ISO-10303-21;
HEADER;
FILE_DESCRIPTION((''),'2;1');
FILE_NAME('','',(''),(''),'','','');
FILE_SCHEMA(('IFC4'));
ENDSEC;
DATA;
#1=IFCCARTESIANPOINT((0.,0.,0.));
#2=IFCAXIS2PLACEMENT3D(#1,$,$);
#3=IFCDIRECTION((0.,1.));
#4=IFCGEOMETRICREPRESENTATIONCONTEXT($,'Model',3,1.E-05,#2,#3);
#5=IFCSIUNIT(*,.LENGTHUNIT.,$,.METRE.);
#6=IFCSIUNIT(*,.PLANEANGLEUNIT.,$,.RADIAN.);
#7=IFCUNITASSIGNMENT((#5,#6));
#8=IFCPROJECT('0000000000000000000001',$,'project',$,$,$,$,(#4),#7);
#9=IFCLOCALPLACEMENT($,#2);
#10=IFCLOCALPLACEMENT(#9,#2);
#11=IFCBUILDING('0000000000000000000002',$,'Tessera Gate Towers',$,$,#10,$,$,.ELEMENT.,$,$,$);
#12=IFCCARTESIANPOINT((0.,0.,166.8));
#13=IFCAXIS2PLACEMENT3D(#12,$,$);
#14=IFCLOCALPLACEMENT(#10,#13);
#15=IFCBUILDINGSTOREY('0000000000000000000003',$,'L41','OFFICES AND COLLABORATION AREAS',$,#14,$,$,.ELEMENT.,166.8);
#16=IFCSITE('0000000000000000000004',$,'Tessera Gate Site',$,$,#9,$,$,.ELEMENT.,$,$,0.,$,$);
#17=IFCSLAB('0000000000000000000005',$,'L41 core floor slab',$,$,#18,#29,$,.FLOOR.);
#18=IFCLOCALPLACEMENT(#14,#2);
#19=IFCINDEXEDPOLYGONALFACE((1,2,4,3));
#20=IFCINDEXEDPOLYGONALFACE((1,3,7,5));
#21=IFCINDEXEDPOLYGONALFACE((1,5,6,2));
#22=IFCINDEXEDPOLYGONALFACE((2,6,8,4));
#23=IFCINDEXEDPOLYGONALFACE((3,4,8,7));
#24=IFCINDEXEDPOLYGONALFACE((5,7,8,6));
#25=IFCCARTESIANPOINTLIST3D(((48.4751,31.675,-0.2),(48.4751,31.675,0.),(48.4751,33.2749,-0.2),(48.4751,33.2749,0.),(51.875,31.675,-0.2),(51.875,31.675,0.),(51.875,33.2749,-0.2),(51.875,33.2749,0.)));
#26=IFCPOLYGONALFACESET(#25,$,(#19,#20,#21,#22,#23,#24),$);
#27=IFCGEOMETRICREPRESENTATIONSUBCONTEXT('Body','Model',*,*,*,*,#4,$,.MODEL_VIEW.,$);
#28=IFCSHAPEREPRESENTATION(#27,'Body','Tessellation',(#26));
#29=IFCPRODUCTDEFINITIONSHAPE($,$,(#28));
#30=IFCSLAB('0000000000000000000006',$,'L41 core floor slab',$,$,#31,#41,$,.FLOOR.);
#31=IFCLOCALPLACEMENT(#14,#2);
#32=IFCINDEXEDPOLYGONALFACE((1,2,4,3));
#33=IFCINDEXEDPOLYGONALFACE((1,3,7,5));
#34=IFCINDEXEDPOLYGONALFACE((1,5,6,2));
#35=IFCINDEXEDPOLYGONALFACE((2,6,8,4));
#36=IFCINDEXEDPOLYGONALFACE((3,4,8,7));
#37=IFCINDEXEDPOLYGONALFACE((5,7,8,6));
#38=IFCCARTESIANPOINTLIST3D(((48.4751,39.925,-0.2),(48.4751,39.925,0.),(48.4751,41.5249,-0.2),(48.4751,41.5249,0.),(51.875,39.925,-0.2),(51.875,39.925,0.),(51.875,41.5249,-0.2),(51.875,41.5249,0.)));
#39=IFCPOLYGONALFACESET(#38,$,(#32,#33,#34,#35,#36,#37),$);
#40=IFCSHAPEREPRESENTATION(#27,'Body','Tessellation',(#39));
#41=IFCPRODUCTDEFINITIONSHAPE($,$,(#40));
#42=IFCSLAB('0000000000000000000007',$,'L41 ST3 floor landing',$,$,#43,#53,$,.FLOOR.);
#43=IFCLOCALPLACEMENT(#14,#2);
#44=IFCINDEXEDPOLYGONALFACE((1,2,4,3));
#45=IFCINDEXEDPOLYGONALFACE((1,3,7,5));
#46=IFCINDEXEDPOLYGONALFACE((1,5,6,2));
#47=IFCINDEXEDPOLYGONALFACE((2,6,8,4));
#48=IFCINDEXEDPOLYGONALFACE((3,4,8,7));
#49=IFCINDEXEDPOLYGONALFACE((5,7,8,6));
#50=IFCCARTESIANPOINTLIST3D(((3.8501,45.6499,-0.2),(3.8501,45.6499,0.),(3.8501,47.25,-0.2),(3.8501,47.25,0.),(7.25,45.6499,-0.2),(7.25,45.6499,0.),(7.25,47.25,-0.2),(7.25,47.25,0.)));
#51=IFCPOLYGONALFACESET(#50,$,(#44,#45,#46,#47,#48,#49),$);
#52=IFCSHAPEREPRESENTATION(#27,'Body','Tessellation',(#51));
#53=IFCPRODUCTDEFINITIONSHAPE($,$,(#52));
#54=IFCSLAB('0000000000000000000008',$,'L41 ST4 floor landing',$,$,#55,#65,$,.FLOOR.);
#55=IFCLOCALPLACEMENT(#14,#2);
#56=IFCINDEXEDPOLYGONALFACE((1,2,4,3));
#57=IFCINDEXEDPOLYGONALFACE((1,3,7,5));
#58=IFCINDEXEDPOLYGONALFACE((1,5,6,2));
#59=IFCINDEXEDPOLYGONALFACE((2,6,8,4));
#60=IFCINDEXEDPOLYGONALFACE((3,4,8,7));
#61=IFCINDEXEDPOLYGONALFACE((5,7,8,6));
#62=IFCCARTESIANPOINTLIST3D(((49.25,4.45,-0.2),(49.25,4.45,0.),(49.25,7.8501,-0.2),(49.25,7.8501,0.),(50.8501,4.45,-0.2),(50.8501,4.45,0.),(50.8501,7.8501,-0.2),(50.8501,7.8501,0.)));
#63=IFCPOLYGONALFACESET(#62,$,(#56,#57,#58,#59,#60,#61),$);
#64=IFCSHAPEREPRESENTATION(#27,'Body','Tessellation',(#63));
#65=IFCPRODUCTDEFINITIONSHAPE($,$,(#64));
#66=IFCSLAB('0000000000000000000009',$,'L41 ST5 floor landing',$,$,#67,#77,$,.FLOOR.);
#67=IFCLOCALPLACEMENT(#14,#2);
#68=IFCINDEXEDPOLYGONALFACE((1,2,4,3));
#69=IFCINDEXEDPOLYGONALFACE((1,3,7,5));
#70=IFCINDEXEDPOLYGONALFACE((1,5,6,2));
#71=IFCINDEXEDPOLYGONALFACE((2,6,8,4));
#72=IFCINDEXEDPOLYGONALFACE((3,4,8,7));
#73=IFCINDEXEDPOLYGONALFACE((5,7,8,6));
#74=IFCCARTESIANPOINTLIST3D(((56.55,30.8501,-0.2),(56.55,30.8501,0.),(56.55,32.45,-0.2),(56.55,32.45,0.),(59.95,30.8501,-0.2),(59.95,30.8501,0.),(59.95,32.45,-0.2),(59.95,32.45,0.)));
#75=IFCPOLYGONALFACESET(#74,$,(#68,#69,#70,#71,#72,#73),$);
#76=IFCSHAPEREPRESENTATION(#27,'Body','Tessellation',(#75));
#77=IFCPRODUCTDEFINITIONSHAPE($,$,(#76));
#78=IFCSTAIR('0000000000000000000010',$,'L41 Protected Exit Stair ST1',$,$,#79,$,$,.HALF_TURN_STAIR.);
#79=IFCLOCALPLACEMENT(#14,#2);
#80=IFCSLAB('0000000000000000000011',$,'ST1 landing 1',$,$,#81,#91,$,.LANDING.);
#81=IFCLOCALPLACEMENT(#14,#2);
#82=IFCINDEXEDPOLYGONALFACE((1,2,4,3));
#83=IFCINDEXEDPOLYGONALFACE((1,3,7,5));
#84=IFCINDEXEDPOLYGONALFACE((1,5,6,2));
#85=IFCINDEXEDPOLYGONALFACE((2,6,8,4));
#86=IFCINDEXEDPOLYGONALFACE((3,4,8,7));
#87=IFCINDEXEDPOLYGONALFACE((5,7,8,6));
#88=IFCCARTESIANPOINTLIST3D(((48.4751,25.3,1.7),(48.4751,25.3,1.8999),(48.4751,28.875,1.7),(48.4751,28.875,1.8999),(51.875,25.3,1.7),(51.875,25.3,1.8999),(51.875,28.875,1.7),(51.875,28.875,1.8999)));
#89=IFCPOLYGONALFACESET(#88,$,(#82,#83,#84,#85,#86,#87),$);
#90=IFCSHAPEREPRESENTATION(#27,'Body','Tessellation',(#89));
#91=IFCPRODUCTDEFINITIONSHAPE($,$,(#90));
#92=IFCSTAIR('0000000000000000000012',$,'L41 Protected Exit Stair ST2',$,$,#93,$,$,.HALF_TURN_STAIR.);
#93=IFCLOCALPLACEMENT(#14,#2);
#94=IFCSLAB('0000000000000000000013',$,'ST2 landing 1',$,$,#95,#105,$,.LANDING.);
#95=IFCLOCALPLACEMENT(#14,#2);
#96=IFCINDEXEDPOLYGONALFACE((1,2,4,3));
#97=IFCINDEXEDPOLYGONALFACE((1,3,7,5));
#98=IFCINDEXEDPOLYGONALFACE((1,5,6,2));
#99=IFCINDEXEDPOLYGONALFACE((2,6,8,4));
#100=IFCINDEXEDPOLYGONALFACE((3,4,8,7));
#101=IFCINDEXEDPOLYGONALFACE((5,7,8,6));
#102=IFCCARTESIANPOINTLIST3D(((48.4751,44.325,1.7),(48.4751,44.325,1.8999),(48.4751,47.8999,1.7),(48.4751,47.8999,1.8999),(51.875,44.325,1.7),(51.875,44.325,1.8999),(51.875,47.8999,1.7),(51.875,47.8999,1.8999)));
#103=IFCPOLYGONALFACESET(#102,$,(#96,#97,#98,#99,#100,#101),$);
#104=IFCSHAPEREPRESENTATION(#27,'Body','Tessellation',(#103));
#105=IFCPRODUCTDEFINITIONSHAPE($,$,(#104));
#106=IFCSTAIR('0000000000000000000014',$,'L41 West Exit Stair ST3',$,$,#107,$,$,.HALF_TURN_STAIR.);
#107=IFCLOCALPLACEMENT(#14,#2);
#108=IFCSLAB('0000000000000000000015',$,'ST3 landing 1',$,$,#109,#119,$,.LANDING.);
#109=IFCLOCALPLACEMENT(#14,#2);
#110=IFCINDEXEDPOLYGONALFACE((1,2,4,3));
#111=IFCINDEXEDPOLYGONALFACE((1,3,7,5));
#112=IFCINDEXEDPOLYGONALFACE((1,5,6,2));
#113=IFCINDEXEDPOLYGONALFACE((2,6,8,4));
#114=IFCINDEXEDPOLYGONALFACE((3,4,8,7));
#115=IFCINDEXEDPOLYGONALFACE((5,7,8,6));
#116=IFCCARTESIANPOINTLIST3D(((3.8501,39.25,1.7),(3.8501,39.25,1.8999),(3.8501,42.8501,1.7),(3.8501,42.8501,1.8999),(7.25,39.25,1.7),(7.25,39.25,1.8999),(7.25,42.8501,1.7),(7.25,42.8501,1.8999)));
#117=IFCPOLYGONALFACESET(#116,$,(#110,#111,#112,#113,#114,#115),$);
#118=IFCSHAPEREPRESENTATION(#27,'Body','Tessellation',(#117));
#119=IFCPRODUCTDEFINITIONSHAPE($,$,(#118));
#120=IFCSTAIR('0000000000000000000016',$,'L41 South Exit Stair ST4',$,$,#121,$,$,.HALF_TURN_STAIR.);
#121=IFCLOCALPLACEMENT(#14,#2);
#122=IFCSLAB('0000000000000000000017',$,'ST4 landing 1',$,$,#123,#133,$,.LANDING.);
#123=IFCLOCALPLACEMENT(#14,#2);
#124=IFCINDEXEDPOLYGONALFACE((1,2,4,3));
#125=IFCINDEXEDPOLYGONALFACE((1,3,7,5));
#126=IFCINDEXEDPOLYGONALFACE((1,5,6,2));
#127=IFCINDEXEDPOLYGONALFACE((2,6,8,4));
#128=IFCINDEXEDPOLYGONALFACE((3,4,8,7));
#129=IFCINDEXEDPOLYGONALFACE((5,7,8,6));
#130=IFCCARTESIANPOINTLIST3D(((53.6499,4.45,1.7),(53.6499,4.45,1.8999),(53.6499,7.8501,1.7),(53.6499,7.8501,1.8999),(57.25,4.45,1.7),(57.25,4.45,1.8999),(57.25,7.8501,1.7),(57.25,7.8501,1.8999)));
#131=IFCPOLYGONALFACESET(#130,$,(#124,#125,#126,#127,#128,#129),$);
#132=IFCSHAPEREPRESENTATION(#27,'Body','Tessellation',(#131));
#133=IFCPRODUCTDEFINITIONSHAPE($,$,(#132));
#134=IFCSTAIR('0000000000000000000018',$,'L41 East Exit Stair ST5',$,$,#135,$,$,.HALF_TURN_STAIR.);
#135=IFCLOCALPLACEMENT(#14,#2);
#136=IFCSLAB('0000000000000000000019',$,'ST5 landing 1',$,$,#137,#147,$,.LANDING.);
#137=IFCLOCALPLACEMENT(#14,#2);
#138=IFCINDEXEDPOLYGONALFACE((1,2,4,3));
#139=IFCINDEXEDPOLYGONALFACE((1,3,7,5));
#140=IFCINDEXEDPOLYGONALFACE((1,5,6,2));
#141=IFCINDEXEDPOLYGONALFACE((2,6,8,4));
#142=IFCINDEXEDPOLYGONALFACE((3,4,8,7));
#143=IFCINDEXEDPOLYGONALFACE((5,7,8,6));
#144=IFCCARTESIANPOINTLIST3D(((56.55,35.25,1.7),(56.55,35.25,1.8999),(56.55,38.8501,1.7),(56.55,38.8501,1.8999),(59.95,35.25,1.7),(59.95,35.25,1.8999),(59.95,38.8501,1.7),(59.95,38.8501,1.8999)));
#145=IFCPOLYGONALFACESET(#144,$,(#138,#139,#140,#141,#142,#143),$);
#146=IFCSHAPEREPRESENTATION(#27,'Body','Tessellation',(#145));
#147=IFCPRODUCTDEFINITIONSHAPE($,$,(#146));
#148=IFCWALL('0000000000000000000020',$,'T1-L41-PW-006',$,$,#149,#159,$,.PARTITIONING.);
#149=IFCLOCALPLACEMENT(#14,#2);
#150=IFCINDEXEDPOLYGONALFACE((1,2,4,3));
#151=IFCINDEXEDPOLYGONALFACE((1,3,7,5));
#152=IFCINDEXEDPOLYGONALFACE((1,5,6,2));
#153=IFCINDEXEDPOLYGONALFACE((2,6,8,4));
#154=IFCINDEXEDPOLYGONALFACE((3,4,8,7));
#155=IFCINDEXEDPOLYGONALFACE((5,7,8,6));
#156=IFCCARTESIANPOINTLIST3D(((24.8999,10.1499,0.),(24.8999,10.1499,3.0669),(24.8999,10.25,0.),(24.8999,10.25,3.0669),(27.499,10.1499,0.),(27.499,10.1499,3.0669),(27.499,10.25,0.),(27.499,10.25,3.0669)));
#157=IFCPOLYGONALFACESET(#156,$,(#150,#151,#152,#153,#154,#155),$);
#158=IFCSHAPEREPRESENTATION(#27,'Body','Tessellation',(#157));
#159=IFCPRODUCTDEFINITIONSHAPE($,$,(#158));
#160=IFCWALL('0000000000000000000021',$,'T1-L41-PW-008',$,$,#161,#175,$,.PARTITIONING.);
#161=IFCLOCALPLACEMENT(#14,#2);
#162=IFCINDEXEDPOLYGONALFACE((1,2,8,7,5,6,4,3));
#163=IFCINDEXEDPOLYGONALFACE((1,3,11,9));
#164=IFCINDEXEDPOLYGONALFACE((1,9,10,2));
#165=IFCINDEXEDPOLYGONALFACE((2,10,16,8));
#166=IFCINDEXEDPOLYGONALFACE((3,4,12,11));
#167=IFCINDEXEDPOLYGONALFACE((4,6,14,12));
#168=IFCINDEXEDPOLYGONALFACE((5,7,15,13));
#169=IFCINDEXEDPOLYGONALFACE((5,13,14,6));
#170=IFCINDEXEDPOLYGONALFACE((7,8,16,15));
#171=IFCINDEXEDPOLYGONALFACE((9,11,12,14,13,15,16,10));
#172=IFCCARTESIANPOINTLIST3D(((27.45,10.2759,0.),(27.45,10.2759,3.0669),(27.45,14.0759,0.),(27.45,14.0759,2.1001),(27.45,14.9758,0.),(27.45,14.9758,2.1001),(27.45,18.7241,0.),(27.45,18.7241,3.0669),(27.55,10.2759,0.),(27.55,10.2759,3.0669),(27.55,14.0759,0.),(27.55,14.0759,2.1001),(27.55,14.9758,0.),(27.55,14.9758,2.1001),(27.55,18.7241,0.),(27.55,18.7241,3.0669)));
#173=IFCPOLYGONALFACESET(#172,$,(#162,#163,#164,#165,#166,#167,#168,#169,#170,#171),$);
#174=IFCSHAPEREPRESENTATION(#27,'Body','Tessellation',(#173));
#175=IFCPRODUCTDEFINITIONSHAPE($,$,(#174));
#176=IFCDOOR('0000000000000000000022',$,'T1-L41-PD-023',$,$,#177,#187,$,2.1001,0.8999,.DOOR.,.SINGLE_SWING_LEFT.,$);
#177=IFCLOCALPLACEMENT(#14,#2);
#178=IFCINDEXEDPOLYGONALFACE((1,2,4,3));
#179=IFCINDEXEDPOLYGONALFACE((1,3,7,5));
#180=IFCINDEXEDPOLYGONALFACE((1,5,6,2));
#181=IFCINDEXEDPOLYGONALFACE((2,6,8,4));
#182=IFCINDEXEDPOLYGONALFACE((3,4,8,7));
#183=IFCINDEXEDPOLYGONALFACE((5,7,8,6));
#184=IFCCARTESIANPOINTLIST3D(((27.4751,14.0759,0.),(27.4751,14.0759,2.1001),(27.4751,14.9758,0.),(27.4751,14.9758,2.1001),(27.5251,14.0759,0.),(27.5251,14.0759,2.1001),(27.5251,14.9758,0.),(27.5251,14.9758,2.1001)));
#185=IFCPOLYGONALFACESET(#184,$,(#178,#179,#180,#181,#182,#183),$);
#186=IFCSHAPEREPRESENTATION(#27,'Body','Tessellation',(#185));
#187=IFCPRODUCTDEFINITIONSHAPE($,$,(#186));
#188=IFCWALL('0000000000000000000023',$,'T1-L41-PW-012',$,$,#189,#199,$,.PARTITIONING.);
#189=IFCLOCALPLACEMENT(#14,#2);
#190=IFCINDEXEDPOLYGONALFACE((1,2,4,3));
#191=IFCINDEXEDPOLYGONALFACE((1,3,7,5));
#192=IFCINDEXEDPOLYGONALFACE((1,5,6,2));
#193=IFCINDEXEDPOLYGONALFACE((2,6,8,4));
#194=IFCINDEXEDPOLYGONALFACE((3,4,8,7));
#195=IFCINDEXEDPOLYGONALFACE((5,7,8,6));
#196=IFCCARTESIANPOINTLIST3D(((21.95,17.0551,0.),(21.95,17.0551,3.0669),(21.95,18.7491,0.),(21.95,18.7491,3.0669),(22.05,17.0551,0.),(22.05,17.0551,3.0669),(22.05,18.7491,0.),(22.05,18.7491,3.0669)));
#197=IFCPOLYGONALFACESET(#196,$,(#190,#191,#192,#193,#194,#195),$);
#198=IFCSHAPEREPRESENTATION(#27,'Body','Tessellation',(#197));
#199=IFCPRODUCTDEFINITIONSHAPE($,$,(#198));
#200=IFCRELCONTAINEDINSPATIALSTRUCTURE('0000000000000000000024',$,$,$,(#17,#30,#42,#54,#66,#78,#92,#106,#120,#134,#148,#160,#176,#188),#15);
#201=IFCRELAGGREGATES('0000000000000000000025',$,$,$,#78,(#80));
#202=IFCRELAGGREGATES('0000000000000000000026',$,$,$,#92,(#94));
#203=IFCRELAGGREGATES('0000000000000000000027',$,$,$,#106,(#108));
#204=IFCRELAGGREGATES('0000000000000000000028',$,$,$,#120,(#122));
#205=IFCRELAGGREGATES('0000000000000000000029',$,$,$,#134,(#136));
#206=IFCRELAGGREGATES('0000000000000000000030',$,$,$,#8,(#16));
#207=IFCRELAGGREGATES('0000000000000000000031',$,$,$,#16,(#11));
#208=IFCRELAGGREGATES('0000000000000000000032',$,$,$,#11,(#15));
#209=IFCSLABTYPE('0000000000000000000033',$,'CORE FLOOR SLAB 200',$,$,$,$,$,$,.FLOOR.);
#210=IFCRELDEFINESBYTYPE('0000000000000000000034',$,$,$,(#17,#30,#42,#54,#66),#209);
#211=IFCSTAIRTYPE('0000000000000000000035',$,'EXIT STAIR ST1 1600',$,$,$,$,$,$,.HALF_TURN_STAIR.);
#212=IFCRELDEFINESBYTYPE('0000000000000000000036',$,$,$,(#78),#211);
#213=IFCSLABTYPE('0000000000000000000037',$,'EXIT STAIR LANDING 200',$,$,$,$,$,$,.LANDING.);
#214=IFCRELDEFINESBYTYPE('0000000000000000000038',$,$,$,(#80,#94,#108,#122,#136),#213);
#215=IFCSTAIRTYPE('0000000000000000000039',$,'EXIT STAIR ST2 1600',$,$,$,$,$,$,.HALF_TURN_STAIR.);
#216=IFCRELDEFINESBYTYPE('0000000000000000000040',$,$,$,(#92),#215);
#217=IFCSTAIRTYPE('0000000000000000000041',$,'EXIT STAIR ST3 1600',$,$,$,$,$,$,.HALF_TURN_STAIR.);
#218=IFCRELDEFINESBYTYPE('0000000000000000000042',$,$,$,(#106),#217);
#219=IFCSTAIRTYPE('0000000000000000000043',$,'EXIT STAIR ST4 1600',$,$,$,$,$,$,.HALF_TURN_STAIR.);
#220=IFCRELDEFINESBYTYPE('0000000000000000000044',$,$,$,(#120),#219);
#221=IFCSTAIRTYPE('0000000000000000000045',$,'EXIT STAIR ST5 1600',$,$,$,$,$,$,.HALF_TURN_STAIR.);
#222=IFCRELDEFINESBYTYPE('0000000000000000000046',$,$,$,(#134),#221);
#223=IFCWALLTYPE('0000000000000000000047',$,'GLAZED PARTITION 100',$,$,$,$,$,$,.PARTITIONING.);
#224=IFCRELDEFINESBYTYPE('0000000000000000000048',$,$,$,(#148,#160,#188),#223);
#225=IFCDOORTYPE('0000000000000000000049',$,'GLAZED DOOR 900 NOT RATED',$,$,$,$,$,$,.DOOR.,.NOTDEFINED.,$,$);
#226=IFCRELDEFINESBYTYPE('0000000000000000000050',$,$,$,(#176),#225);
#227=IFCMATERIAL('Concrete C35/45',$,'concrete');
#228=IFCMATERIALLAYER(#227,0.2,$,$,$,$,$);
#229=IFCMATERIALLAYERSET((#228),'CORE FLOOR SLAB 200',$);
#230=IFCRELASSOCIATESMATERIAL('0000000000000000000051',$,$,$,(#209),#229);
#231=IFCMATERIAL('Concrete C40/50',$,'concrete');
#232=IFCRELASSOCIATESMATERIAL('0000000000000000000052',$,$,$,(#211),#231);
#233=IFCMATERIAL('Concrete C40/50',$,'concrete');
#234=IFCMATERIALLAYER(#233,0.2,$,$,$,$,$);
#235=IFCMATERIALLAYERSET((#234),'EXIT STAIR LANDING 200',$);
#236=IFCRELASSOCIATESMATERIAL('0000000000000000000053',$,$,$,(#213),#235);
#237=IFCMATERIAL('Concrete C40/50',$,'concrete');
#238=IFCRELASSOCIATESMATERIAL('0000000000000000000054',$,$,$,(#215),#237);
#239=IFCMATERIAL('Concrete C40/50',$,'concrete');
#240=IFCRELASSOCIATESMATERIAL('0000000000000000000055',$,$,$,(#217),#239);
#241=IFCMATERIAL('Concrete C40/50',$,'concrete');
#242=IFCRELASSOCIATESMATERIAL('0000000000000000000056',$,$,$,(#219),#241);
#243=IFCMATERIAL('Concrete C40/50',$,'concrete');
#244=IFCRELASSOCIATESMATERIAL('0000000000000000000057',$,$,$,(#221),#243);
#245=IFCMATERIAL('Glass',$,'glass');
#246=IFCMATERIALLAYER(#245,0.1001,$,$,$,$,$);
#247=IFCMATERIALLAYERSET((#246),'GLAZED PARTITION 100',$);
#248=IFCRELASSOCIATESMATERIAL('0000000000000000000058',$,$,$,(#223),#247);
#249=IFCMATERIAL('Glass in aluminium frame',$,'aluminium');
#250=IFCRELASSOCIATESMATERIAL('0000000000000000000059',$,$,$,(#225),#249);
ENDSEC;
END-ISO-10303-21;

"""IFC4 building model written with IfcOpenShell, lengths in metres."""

from ifc_helpers import new_model, si_unit, direction, frame, frame_2d, origin, place, context, subcontext, project, spatial, polyline, rectangle, outline, extrude, source, transform, mapped, material, layer, layer_set, type_object, element, fill, aggregate, save


model = new_model("IFC4")

# Units and contexts
model_context = context("Model", 3, precision=1e-05, world=origin(), true_north=direction((0.0, 1.0)))
body_context = subcontext(model_context, "Body", "Model", "MODEL_VIEW")
ifc_project = project(units=[si_unit("LENGTHUNIT", "METRE"), si_unit("PLANEANGLEUNIT", "RADIAN")], contexts=[model_context])

# Site, building, storey
site_placement = place(None, origin())
site = spatial("IfcSite", under=ifc_project, at=site_placement, Name="Tessera Gate Site", CompositionType="ELEMENT", RefElevation=0.0)
building_placement = place(site_placement, origin())
building = spatial("IfcBuilding", under=site, at=building_placement, Name="Tessera Gate Towers", CompositionType="ELEMENT")
storey_placement = place(building_placement, frame((0.0, 0.0, 166.8)))
storey = spatial("IfcBuildingStorey", under=building, at=storey_placement, Name="L41", Description="OFFICES AND COLLABORATION AREAS", CompositionType="ELEMENT", Elevation=166.8)

# Slabs
ifc_material_1 = material(Name="Concrete C35/45", Category="concrete")
ifc_layer_1 = layer(ifc_material_1, 0.2)
ifc_layer_set_1 = layer_set([ifc_layer_1], Name="CORE FLOOR SLAB 200")
slab_type_1 = type_object("IfcSlabType", Name="CORE FLOOR SLAB 200", PredefinedType="FLOOR", material=ifc_layer_set_1)
slab_1_placement = place(storey_placement, frame((0.0, 0.0, -0.2)))
element("IfcSlab", 1, at=slab_1_placement, inside=storey, type_object=slab_type_1, Name="L41 core floor slab", PredefinedType="FLOOR", context=body_context, shape_type="SweptSolid", body=[
    extrude(outline(polyline([(51.875, 31.675), (51.875, 33.2749), (48.4751, 33.2749), (48.4751, 31.675), (51.875, 31.675)])), origin(), (0.0, 0.0, 1.0), 0.2),
])
slab_2_placement = place(storey_placement, frame((0.0, 0.0, -0.2)))
element("IfcSlab", 2, at=slab_2_placement, inside=storey, type_object=slab_type_1, Name="L41 core floor slab", PredefinedType="FLOOR", context=body_context, shape_type="SweptSolid", body=[
    extrude(outline(polyline([(48.4751, 41.5249), (48.4751, 39.925), (51.875, 39.925), (51.875, 41.5249), (48.4751, 41.5249)])), origin(), (0.0, 0.0, 1.0), 0.2),
])
slab_3_placement = place(storey_placement, frame((0.0, 0.0, -0.2)))
element("IfcSlab", 3, at=slab_3_placement, inside=storey, type_object=slab_type_1, Name="L41 ST3 floor landing", PredefinedType="FLOOR", context=body_context, shape_type="SweptSolid", body=[
    extrude(outline(polyline([(3.8501, 47.25), (3.8501, 45.6499), (7.25, 45.6499), (7.25, 47.25), (3.8501, 47.25)])), origin(), (0.0, 0.0, 1.0), 0.2),
])
slab_4_placement = place(storey_placement, frame((0.0, 0.0, -0.2)))
element("IfcSlab", 4, at=slab_4_placement, inside=storey, type_object=slab_type_1, Name="L41 ST4 floor landing", PredefinedType="FLOOR", context=body_context, shape_type="SweptSolid", body=[
    extrude(outline(polyline([(49.25, 4.45), (50.8501, 4.45), (50.8501, 7.8501), (49.25, 7.8501), (49.25, 4.45)])), origin(), (0.0, 0.0, 1.0), 0.2),
])
slab_5_placement = place(storey_placement, frame((0.0, 0.0, -0.2)))
element("IfcSlab", 5, at=slab_5_placement, inside=storey, type_object=slab_type_1, Name="L41 ST5 floor landing", PredefinedType="FLOOR", context=body_context, shape_type="SweptSolid", body=[
    extrude(outline(polyline([(59.95, 30.8501), (59.95, 32.45), (56.55, 32.45), (56.55, 30.8501), (59.95, 30.8501)])), origin(), (0.0, 0.0, 1.0), 0.2),
])

# Stairs, slabs
ifc_material_2 = material(Name="Concrete C40/50", Category="concrete")
stair_type_1 = type_object("IfcStairType", Name="EXIT STAIR ST1 1600", PredefinedType="HALF_TURN_STAIR", material=ifc_material_2)
stair_1_placement = place(storey_placement, origin())
stair_1 = element("IfcStair", 6, at=stair_1_placement, inside=storey, type_object=stair_type_1, Name="L41 Protected Exit Stair ST1", PredefinedType="HALF_TURN_STAIR")
ifc_material_3 = material(Name="Concrete C40/50", Category="concrete")
ifc_layer_2 = layer(ifc_material_3, 0.2)
ifc_layer_set_2 = layer_set([ifc_layer_2], Name="EXIT STAIR LANDING 200")
slab_type_2 = type_object("IfcSlabType", Name="EXIT STAIR LANDING 200", PredefinedType="LANDING", material=ifc_layer_set_2)
slab_6_placement = place(storey_placement, frame((0.0, 0.0, 1.7)))
slab_6 = element("IfcSlab", 7, at=slab_6_placement, type_object=slab_type_2, Name="ST1 landing 1", PredefinedType="LANDING", context=body_context, shape_type="SweptSolid", body=[
    extrude(outline(polyline([(48.4751, 28.875), (48.4751, 25.3), (51.875, 25.3), (51.875, 28.875), (48.4751, 28.875)])), origin(), (0.0, 0.0, 1.0), 0.2),
])
aggregate(stair_1, [slab_6])
ifc_material_4 = material(Name="Concrete C40/50", Category="concrete")
stair_type_2 = type_object("IfcStairType", Name="EXIT STAIR ST2 1600", PredefinedType="HALF_TURN_STAIR", material=ifc_material_4)
stair_2_placement = place(storey_placement, origin())
stair_2 = element("IfcStair", 8, at=stair_2_placement, inside=storey, type_object=stair_type_2, Name="L41 Protected Exit Stair ST2", PredefinedType="HALF_TURN_STAIR")
slab_7_placement = place(storey_placement, frame((0.0, 0.0, 1.7)))
slab_7 = element("IfcSlab", 9, at=slab_7_placement, type_object=slab_type_2, Name="ST2 landing 1", PredefinedType="LANDING", context=body_context, shape_type="SweptSolid", body=[
    extrude(outline(polyline([(51.875, 44.325), (51.875, 47.8999), (48.4751, 47.8999), (48.4751, 44.325), (51.875, 44.325)])), origin(), (0.0, 0.0, 1.0), 0.2),
])
aggregate(stair_2, [slab_7])
ifc_material_5 = material(Name="Concrete C40/50", Category="concrete")
stair_type_3 = type_object("IfcStairType", Name="EXIT STAIR ST3 1600", PredefinedType="HALF_TURN_STAIR", material=ifc_material_5)
stair_3_placement = place(storey_placement, origin())
stair_3 = element("IfcStair", 10, at=stair_3_placement, inside=storey, type_object=stair_type_3, Name="L41 West Exit Stair ST3", PredefinedType="HALF_TURN_STAIR")
slab_8_placement = place(storey_placement, frame((0.0, 0.0, 1.7)))
slab_8 = element("IfcSlab", 11, at=slab_8_placement, type_object=slab_type_2, Name="ST3 landing 1", PredefinedType="LANDING", context=body_context, shape_type="SweptSolid", body=[
    extrude(outline(polyline([(3.8501, 42.8501), (3.8501, 39.25), (7.25, 39.25), (7.25, 42.8501), (3.8501, 42.8501)])), origin(), (0.0, 0.0, 1.0), 0.2),
])
aggregate(stair_3, [slab_8])
ifc_material_6 = material(Name="Concrete C40/50", Category="concrete")
stair_type_4 = type_object("IfcStairType", Name="EXIT STAIR ST4 1600", PredefinedType="HALF_TURN_STAIR", material=ifc_material_6)
stair_4_placement = place(storey_placement, origin())
stair_4 = element("IfcStair", 12, at=stair_4_placement, inside=storey, type_object=stair_type_4, Name="L41 South Exit Stair ST4", PredefinedType="HALF_TURN_STAIR")
slab_9_placement = place(storey_placement, frame((0.0, 0.0, 1.7)))
slab_9 = element("IfcSlab", 13, at=slab_9_placement, type_object=slab_type_2, Name="ST4 landing 1", PredefinedType="LANDING", context=body_context, shape_type="SweptSolid", body=[
    extrude(outline(polyline([(53.6499, 4.45), (57.25, 4.45), (57.25, 7.8501), (53.6499, 7.8501), (53.6499, 4.45)])), origin(), (0.0, 0.0, 1.0), 0.2),
])
aggregate(stair_4, [slab_9])
ifc_material_7 = material(Name="Concrete C40/50", Category="concrete")
stair_type_5 = type_object("IfcStairType", Name="EXIT STAIR ST5 1600", PredefinedType="HALF_TURN_STAIR", material=ifc_material_7)
stair_5_placement = place(storey_placement, origin())
stair_5 = element("IfcStair", 14, at=stair_5_placement, inside=storey, type_object=stair_type_5, Name="L41 East Exit Stair ST5", PredefinedType="HALF_TURN_STAIR")
slab_10_placement = place(storey_placement, frame((0.0, 0.0, 1.7)))
slab_10 = element("IfcSlab", 15, at=slab_10_placement, type_object=slab_type_2, Name="ST5 landing 1", PredefinedType="LANDING", context=body_context, shape_type="SweptSolid", body=[
    extrude(outline(polyline([(59.95, 35.25), (59.95, 38.8501), (56.55, 38.8501), (56.55, 35.25), (59.95, 35.25)])), origin(), (0.0, 0.0, 1.0), 0.2),
])
aggregate(stair_5, [slab_10])

# Wall
ifc_material_8 = material(Name="Glass", Category="glass")
ifc_layer_3 = layer(ifc_material_8, 0.1001)
ifc_layer_set_3 = layer_set([ifc_layer_3], Name="GLAZED PARTITION 100")
wall_type_1 = type_object("IfcWallType", Name="GLAZED PARTITION 100", PredefinedType="PARTITIONING", material=ifc_layer_set_3)
wall_1_placement = place(storey_placement, frame((24.8999, 10.2, 0.0), z_axis=(0.0, 0.0, 1.0), x_axis=(1.0, 0.0, 0.0)))
element("IfcWall", 16, at=wall_1_placement, inside=storey, type_object=wall_type_1, Name="T1-L41-PW-006", PredefinedType="PARTITIONING", context=body_context, shape_type="SweptSolid", body=[
    extrude(rectangle(XDim=2.5991, YDim=0.1001, at=frame_2d((1.2996, 0.0))), origin(), (0.0, 0.0, 1.0), 3.0669),
])

# Wall, opening, door
wall_2_placement = place(storey_placement, frame((27.5, 10.2759, 0.0), z_axis=(0.0, 0.0, 1.0), x_axis=(0.0, 1.0, 0.0)))
wall_2 = element("IfcWall", 17, at=wall_2_placement, inside=storey, type_object=wall_type_1, Name="T1-L41-PW-008", PredefinedType="PARTITIONING", context=body_context, shape_type="SweptSolid", body=[
    extrude(rectangle(XDim=8.4482, YDim=0.1001, at=frame_2d((4.2241, 0.0))), origin(), (0.0, 0.0, 1.0), 3.0669),
])
shared_shape_1 = source(origin(), body_context, "Body", "SweptSolid", [
    extrude(rectangle(XDim=0.8999, YDim=2.1001, at=frame_2d((0.45, 1.05))), frame((0.0, 0.0601, 0.0), z_axis=(0.0, -1.0, 0.0), x_axis=(1.0, 0.0, 0.0)), (0.0, 0.0, 1.0), 0.1201),
])
opening_placement = place(wall_2_placement, frame((3.8, 0.0, 0.0)))
opening = element("IfcOpeningElement", 18, at=opening_placement, cuts=wall_2, PredefinedType="OPENING", context=body_context, shape_type="MappedRepresentation", body=[
    mapped(shared_shape_1, transform((0.0, 0.0, 0.0), scale=1.0)),
])
ifc_material_9 = material(Name="Glass in aluminium frame", Category="aluminium")
door_type = type_object("IfcDoorType", Name="GLAZED DOOR 900 NOT RATED", OperationType="NOTDEFINED", PredefinedType="DOOR", material=ifc_material_9)
shared_shape_2 = source(origin(), body_context, "Body", "SweptSolid", [
    extrude(rectangle(XDim=0.8999, YDim=2.1001, at=frame_2d((0.45, 1.05))), frame((0.0, 0.0249, 0.0), z_axis=(0.0, -1.0, 0.0), x_axis=(1.0, 0.0, 0.0)), (0.0, 0.0, 1.0), 0.05),
])
door_placement = place(opening_placement, origin())
door = element("IfcDoor", 19, at=door_placement, inside=storey, type_object=door_type, Name="T1-L41-PD-023", OperationType="SINGLE_SWING_LEFT", OverallHeight=2.1001, OverallWidth=0.8999, PredefinedType="DOOR", context=body_context, shape_type="MappedRepresentation", body=[
    mapped(shared_shape_2, transform((0.0, 0.0, 0.0), scale=1.0)),
])
fill(opening, door)

# Wall
wall_3_placement = place(storey_placement, frame((22.0, 17.0549, 0.0), z_axis=(0.0, 0.0, 1.0), x_axis=(0.0, 1.0, 0.0)))
element("IfcWall", 20, at=wall_3_placement, inside=storey, type_object=wall_type_1, Name="T1-L41-PW-012", PredefinedType="PARTITIONING", context=body_context, shape_type="SweptSolid", body=[
    extrude(rectangle(XDim=1.6941, YDim=0.1001, at=frame_2d((0.8472, 0.0))), origin(), (0.0, 0.0, 1.0), 3.0669),
])

save(model, "model.ifc")
